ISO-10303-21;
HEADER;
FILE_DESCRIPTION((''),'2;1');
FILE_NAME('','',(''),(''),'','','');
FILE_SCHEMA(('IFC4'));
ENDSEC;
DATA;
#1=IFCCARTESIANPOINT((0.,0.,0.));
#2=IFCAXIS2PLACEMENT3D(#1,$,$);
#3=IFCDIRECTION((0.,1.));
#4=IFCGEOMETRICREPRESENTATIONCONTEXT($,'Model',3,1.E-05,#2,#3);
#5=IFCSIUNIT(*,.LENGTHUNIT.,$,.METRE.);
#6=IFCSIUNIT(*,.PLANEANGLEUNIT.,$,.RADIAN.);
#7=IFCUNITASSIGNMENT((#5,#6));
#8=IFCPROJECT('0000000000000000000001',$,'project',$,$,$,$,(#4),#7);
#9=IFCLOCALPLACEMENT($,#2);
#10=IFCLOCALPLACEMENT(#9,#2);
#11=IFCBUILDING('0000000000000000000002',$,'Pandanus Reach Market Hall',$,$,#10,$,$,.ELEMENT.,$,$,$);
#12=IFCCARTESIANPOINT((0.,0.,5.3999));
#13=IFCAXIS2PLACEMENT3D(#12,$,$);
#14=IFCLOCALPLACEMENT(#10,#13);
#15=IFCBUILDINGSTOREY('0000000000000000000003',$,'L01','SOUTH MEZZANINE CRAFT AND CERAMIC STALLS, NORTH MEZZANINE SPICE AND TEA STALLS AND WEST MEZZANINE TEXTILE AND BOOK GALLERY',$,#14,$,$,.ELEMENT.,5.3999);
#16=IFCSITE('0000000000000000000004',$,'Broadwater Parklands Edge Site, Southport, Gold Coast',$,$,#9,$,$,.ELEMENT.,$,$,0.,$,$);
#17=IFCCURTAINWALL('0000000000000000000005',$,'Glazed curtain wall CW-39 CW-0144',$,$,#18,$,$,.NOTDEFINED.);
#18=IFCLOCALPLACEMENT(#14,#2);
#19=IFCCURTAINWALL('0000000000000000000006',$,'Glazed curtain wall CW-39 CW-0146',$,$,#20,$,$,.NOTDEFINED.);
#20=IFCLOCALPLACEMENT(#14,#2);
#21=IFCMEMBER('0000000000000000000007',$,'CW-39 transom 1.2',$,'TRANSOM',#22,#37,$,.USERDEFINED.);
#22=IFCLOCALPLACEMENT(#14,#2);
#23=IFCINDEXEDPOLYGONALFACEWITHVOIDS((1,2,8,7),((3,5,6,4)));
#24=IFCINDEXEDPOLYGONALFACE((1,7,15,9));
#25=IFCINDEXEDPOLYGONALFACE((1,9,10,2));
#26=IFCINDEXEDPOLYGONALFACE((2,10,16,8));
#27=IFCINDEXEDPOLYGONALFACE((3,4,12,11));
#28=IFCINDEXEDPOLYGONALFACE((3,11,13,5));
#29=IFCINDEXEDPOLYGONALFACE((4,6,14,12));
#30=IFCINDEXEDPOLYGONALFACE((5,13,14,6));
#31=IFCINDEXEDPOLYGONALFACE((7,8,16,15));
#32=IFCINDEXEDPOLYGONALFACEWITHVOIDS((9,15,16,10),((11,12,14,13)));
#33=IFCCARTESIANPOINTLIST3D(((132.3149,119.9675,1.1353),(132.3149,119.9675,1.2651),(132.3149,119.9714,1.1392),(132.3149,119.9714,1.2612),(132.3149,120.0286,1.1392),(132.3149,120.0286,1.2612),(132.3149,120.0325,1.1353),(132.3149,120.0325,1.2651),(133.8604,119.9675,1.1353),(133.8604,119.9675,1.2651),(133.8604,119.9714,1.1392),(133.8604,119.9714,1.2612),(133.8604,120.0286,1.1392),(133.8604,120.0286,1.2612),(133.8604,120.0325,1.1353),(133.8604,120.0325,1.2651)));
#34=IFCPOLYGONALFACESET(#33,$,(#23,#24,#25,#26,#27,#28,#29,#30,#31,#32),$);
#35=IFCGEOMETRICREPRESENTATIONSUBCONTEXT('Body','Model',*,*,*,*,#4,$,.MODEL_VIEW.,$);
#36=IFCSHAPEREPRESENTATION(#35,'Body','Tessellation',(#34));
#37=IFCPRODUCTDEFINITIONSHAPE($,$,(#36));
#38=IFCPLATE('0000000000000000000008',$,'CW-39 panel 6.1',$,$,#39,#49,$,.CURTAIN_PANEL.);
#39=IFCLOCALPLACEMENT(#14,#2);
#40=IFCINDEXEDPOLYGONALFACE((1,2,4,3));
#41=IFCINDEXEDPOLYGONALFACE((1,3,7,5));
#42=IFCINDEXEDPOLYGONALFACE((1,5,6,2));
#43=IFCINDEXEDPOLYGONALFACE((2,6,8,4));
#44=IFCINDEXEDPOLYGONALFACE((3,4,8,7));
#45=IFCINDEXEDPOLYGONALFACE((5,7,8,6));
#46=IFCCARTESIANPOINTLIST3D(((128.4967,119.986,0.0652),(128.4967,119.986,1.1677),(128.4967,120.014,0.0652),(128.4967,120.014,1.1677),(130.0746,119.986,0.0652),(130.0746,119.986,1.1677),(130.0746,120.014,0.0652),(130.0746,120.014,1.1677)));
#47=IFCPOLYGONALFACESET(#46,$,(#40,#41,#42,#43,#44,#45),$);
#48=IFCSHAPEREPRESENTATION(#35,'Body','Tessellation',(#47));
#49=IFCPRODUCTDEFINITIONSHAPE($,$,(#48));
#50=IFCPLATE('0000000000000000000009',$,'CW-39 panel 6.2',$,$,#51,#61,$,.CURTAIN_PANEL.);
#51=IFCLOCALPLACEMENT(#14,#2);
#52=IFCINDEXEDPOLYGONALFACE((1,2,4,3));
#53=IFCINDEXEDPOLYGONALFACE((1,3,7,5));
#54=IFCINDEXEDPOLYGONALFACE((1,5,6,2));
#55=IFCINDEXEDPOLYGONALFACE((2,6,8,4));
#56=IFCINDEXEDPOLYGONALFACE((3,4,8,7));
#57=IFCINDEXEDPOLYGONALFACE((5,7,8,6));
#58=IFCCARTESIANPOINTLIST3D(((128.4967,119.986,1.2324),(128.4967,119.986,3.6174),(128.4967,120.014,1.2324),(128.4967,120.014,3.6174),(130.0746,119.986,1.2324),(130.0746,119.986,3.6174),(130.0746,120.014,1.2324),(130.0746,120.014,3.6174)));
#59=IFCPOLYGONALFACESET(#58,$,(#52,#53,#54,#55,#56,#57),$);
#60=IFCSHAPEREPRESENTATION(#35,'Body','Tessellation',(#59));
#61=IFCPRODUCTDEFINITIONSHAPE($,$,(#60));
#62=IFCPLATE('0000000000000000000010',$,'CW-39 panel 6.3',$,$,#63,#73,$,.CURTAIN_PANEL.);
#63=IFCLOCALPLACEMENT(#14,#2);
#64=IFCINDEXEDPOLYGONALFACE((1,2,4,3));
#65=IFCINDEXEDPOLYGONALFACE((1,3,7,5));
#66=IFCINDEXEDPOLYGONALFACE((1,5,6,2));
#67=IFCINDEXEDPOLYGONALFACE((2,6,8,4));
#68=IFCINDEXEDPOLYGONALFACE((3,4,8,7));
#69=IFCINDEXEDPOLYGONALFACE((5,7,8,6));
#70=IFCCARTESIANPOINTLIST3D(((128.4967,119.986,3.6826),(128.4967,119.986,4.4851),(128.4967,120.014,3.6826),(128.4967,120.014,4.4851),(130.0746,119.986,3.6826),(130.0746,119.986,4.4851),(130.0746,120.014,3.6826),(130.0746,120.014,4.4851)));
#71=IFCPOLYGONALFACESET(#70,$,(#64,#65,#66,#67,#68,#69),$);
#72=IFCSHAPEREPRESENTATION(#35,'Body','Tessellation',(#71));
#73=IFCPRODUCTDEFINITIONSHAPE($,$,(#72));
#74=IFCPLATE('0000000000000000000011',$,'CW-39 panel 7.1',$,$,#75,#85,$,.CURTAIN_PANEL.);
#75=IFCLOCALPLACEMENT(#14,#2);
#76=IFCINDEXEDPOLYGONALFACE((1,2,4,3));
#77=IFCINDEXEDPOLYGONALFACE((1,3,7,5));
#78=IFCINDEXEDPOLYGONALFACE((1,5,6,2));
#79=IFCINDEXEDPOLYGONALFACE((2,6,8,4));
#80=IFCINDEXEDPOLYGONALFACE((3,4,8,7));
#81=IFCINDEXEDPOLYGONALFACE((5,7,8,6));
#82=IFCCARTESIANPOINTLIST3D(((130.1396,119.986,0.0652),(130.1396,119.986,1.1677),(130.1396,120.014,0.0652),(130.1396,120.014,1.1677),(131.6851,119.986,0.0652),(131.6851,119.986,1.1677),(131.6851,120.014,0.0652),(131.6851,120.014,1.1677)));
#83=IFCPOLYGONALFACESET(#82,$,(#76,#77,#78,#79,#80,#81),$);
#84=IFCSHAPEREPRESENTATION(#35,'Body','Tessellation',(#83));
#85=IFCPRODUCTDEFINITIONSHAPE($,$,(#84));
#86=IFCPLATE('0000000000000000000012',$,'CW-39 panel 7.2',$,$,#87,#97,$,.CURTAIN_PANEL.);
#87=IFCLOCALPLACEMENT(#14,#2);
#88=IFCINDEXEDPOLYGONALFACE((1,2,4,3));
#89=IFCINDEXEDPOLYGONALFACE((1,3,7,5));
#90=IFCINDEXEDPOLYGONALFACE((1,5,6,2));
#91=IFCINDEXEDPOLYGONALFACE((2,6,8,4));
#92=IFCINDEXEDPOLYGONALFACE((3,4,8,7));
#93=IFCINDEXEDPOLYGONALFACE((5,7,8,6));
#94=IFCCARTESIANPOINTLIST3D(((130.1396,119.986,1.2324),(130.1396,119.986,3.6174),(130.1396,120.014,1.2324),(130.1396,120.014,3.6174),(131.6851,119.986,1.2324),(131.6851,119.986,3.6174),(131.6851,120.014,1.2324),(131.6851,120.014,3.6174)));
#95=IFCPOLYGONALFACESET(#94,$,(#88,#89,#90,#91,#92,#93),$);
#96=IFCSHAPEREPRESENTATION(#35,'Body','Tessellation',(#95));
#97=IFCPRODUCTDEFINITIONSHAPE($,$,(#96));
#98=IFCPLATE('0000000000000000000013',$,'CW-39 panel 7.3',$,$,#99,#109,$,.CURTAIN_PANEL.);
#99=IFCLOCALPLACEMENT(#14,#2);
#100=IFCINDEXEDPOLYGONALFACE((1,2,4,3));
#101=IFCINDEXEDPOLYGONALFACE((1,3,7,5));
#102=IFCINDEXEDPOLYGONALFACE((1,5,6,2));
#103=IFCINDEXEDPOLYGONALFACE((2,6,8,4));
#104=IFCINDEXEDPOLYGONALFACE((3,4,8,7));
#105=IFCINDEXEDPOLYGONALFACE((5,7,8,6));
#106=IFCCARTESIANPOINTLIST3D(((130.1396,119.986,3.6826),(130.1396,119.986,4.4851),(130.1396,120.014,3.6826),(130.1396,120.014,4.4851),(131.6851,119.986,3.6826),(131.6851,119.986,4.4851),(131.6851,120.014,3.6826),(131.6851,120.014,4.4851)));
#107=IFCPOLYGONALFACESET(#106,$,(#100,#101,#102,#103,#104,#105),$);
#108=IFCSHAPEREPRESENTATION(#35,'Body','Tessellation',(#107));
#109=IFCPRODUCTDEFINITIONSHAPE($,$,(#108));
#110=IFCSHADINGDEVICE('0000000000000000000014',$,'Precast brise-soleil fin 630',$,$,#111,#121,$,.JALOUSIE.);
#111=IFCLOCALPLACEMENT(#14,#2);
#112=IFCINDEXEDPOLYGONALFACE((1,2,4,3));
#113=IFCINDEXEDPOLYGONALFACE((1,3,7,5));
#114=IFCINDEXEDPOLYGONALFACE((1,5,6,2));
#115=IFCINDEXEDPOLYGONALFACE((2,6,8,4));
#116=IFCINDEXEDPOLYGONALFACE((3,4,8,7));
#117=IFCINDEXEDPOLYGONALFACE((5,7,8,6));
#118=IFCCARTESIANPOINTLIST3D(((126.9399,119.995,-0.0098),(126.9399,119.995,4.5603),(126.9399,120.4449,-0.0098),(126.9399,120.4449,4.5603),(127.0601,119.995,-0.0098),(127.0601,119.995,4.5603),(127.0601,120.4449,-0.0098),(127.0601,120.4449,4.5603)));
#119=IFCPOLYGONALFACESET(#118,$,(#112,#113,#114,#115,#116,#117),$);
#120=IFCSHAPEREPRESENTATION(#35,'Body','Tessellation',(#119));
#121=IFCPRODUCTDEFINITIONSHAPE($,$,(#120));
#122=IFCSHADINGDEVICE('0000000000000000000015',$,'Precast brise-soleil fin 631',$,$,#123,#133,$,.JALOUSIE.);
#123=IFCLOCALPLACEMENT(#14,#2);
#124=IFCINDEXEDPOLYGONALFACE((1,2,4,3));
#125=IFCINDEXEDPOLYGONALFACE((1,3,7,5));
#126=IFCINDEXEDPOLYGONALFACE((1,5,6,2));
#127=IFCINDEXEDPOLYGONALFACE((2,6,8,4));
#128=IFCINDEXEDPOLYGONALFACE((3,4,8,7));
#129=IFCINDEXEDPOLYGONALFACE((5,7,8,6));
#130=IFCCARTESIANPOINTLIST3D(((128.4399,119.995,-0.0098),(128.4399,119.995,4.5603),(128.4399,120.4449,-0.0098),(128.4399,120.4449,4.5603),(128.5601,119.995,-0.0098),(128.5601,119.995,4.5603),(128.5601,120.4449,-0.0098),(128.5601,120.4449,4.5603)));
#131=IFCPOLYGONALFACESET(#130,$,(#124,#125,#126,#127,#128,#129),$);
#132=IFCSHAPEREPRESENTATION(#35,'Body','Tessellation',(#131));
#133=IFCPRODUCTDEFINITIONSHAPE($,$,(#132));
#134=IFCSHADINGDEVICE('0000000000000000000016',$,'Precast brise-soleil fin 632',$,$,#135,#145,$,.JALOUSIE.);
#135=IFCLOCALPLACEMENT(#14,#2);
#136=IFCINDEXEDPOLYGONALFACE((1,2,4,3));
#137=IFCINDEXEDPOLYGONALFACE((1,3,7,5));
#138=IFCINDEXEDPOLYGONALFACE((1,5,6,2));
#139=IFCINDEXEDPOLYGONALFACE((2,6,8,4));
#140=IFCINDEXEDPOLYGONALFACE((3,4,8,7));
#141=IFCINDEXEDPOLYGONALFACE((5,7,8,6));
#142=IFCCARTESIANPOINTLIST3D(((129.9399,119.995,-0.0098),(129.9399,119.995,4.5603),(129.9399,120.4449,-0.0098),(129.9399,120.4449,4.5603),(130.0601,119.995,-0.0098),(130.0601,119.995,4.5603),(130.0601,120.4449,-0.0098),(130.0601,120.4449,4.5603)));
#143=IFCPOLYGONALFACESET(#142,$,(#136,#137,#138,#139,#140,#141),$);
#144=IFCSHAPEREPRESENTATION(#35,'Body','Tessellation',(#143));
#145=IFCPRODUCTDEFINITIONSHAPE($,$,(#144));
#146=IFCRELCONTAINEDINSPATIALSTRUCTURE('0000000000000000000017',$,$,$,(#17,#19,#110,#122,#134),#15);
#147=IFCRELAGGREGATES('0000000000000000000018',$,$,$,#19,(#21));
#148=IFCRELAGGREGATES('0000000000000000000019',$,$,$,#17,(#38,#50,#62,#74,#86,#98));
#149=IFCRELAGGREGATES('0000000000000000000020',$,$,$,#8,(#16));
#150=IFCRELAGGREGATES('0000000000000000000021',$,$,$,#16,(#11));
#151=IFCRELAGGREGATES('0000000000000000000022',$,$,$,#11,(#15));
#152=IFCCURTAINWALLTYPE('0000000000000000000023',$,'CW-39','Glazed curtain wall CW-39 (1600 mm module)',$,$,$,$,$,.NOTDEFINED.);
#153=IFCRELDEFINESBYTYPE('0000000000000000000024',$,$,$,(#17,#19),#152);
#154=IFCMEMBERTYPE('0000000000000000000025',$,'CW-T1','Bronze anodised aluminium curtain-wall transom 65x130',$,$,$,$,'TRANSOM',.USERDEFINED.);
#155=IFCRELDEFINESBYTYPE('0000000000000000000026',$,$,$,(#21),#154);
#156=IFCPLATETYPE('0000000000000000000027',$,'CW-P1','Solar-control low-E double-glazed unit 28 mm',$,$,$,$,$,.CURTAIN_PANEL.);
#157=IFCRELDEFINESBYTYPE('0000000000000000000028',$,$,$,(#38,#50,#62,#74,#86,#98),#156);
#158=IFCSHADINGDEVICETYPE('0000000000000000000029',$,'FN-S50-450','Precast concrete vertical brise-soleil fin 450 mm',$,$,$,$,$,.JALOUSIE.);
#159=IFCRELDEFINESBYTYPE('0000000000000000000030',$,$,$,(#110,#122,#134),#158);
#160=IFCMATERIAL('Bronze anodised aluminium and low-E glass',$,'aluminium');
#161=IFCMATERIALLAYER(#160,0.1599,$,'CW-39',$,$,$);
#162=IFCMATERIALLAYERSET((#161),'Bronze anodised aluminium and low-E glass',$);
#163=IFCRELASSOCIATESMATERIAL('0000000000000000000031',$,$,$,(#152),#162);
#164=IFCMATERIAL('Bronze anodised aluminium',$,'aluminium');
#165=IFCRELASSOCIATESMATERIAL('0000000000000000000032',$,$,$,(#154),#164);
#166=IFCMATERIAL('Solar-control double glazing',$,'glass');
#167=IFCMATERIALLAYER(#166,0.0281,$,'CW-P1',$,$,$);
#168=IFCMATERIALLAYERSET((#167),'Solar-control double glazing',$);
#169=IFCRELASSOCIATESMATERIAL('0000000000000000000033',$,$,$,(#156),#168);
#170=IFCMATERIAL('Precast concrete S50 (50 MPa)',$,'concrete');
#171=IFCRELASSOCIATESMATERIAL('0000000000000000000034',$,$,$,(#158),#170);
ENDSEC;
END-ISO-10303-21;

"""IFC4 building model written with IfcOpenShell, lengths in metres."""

from ifc_helpers import new_model, si_unit, direction, frame, origin, origin_2d, place, context, subcontext, project, spatial, rectangle, hollow_rectangle, extrude, material, layer, layer_set, material_profile, profile_set, type_object, element, aggregate, save


model = new_model("IFC4")

# Units and contexts
model_context = context("Model", 3, precision=1e-05, world=origin(), true_north=direction((0.0, 1.0)))
body_context = subcontext(model_context, "Body", "Model", "MODEL_VIEW")
ifc_project = project(units=[si_unit("LENGTHUNIT", "METRE"), si_unit("PLANEANGLEUNIT", "RADIAN")], contexts=[model_context])

# Site, building, storey
site_placement = place(None, origin())
site = spatial("IfcSite", under=ifc_project, at=site_placement, Name="Broadwater Parklands Edge Site, Southport, Gold Coast", CompositionType="ELEMENT", RefElevation=0.0)
building_placement = place(site_placement, origin())
building = spatial("IfcBuilding", under=site, at=building_placement, Name="Pandanus Reach Market Hall", CompositionType="ELEMENT")
storey_placement = place(building_placement, frame((0.0, 0.0, 5.3999)))
storey = spatial("IfcBuildingStorey", under=building, at=storey_placement, Name="L01", Description="SOUTH MEZZANINE CRAFT AND CERAMIC STALLS, NORTH MEZZANINE SPICE AND TEA STALLS AND WEST MEZZANINE TEXTILE AND BOOK GALLERY", CompositionType="ELEMENT", Elevation=5.3999)

# Curtain wall
ifc_material_1 = material(Name="Bronze anodised aluminium and low-E glass", Category="aluminium")
ifc_layer_1 = layer(ifc_material_1, 0.1599, Name="CW-39")
ifc_layer_set_1 = layer_set([ifc_layer_1], Name="Bronze anodised aluminium and low-E glass")
curtain_wall_type = type_object("IfcCurtainWallType", Name="CW-39", Description="Glazed curtain wall CW-39 (1600 mm module)", PredefinedType="NOTDEFINED", material=ifc_layer_set_1)
curtain_wall_1_placement = place(storey_placement, origin())
curtain_wall_1 = element("IfcCurtainWall", 1, at=curtain_wall_1_placement, inside=storey, type_object=curtain_wall_type, Name="Glazed curtain wall CW-39 CW-0144", PredefinedType="NOTDEFINED")
ifc_material_2 = material(Name="Bronze anodised aluminium", Category="aluminium")

# Curtain wall
curtain_wall_2_placement = place(storey_placement, origin())
curtain_wall_2 = element("IfcCurtainWall", 2, at=curtain_wall_2_placement, inside=storey, type_object=curtain_wall_type, Name="Glazed curtain wall CW-39 CW-0146", PredefinedType="NOTDEFINED")

# Member
ifc_material_profile_1 = material_profile(ifc_material_2, hollow_rectangle(XDim=0.0649, YDim=0.1299, WallThickness=0.0039, at=origin_2d()), Name="ALU65x130", Category="LoadBearing")
ifc_profile_set_1 = profile_set([ifc_material_profile_1], Name="Bronze anodised aluminium")
member_type_1 = type_object("IfcMemberType", Name="CW-T1", Description="Bronze anodised aluminium curtain-wall transom 65x130", ElementType="TRANSOM", PredefinedType="USERDEFINED", material=ifc_profile_set_1)
member_1_placement = place(storey_placement, frame((132.3149, 120.0, 1.2002), z_axis=(1.0, 0.0, 0.0), x_axis=(0.0, 1.0, 0.0)))
member_1 = element("IfcMember", 3, at=member_1_placement, type_object=member_type_1, Name="CW-39 transom 1.2", ObjectType="TRANSOM", PredefinedType="USERDEFINED", context=body_context, shape_type="SweptSolid", body=[
    extrude(hollow_rectangle(XDim=0.0649, YDim=0.1299, WallThickness=0.0039, at=origin_2d()), origin(), (0.0, 0.0, 1.0), 1.5454),
])
aggregate(curtain_wall_2, [member_1])

# Plates
ifc_material_3 = material(Name="Solar-control double glazing", Category="glass")
ifc_layer_2 = layer(ifc_material_3, 0.0281, Name="CW-P1")
ifc_layer_set_2 = layer_set([ifc_layer_2], Name="Solar-control double glazing")
plate_type = type_object("IfcPlateType", Name="CW-P1", Description="Solar-control low-E double-glazed unit 28 mm", PredefinedType="CURTAIN_PANEL", material=ifc_layer_set_2)
plate_1_placement = place(storey_placement, frame((129.2856, 120.0, 0.0652), z_axis=(0.0, 0.0, 1.0), x_axis=(1.0, 0.0, 0.0)))
plate_1 = element("IfcPlate", 4, at=plate_1_placement, type_object=plate_type, Name="CW-39 panel 6.1", PredefinedType="CURTAIN_PANEL", context=body_context, shape_type="SweptSolid", body=[
    extrude(rectangle(XDim=1.5779, YDim=0.0281, at=origin_2d()), origin(), (0.0, 0.0, 1.0), 1.1025),
])
plate_2_placement = place(storey_placement, frame((129.2856, 120.0, 1.2324), z_axis=(0.0, 0.0, 1.0), x_axis=(1.0, 0.0, 0.0)))
plate_2 = element("IfcPlate", 5, at=plate_2_placement, type_object=plate_type, Name="CW-39 panel 6.2", PredefinedType="CURTAIN_PANEL", context=body_context, shape_type="SweptSolid", body=[
    extrude(rectangle(XDim=1.5779, YDim=0.0281, at=origin_2d()), origin(), (0.0, 0.0, 1.0), 2.385),
])
plate_3_placement = place(storey_placement, frame((129.2856, 120.0, 3.6826), z_axis=(0.0, 0.0, 1.0), x_axis=(1.0, 0.0, 0.0)))
plate_3 = element("IfcPlate", 6, at=plate_3_placement, type_object=plate_type, Name="CW-39 panel 6.3", PredefinedType="CURTAIN_PANEL", context=body_context, shape_type="SweptSolid", body=[
    extrude(rectangle(XDim=1.5779, YDim=0.0281, at=origin_2d()), origin(), (0.0, 0.0, 1.0), 0.8025),
])
plate_4_placement = place(storey_placement, frame((130.9124, 120.0, 0.0652), z_axis=(0.0, 0.0, 1.0), x_axis=(1.0, 0.0, 0.0)))
plate_4 = element("IfcPlate", 7, at=plate_4_placement, type_object=plate_type, Name="CW-39 panel 7.1", PredefinedType="CURTAIN_PANEL", context=body_context, shape_type="SweptSolid", body=[
    extrude(rectangle(XDim=1.5454, YDim=0.0281, at=origin_2d()), origin(), (0.0, 0.0, 1.0), 1.1025),
])
plate_5_placement = place(storey_placement, frame((130.9124, 120.0, 1.2324), z_axis=(0.0, 0.0, 1.0), x_axis=(1.0, 0.0, 0.0)))
plate_5 = element("IfcPlate", 8, at=plate_5_placement, type_object=plate_type, Name="CW-39 panel 7.2", PredefinedType="CURTAIN_PANEL", context=body_context, shape_type="SweptSolid", body=[
    extrude(rectangle(XDim=1.5454, YDim=0.0281, at=origin_2d()), origin(), (0.0, 0.0, 1.0), 2.385),
])
plate_6_placement = place(storey_placement, frame((130.9124, 120.0, 3.6826), z_axis=(0.0, 0.0, 1.0), x_axis=(1.0, 0.0, 0.0)))
plate_6 = element("IfcPlate", 9, at=plate_6_placement, type_object=plate_type, Name="CW-39 panel 7.3", PredefinedType="CURTAIN_PANEL", context=body_context, shape_type="SweptSolid", body=[
    extrude(rectangle(XDim=1.5454, YDim=0.0281, at=origin_2d()), origin(), (0.0, 0.0, 1.0), 0.8025),
])
aggregate(curtain_wall_1, [plate_1, plate_2, plate_3, plate_4, plate_5, plate_6])

# Shading devices
ifc_material_4 = material(Name="Precast concrete S50 (50 MPa)", Category="concrete")
shading_device_type = type_object("IfcShadingDeviceType", Name="FN-S50-450", Description="Precast concrete vertical brise-soleil fin 450 mm", PredefinedType="JALOUSIE", material=ifc_material_4)
for number, where, z_axis, x_axis, name in (
    (10, (127.0, 120.22, -0.0098), (0.0, 0.0, 1.0), (0.0, 1.0, 0.0), "Precast brise-soleil fin 630"),
    (11, (128.5, 120.22, -0.0098), (0.0, 0.0, 1.0), (0.0, 1.0, 0.0), "Precast brise-soleil fin 631"),
    (12, (130.0, 120.22, -0.0098), (0.0, 0.0, 1.0), (0.0, 1.0, 0.0), "Precast brise-soleil fin 632"),
):
    element("IfcShadingDevice", number, at=place(storey_placement, frame(where, z_axis=z_axis, x_axis=x_axis)), inside=storey, type_object=shading_device_type, Name=name, PredefinedType="JALOUSIE", context=body_context, shape_type="SweptSolid", body=[
        extrude(rectangle(XDim=0.45, YDim=0.1201, at=origin_2d()), origin(), (0.0, 0.0, 1.0), 4.5701),
    ])

save(model, "model.ifc")
